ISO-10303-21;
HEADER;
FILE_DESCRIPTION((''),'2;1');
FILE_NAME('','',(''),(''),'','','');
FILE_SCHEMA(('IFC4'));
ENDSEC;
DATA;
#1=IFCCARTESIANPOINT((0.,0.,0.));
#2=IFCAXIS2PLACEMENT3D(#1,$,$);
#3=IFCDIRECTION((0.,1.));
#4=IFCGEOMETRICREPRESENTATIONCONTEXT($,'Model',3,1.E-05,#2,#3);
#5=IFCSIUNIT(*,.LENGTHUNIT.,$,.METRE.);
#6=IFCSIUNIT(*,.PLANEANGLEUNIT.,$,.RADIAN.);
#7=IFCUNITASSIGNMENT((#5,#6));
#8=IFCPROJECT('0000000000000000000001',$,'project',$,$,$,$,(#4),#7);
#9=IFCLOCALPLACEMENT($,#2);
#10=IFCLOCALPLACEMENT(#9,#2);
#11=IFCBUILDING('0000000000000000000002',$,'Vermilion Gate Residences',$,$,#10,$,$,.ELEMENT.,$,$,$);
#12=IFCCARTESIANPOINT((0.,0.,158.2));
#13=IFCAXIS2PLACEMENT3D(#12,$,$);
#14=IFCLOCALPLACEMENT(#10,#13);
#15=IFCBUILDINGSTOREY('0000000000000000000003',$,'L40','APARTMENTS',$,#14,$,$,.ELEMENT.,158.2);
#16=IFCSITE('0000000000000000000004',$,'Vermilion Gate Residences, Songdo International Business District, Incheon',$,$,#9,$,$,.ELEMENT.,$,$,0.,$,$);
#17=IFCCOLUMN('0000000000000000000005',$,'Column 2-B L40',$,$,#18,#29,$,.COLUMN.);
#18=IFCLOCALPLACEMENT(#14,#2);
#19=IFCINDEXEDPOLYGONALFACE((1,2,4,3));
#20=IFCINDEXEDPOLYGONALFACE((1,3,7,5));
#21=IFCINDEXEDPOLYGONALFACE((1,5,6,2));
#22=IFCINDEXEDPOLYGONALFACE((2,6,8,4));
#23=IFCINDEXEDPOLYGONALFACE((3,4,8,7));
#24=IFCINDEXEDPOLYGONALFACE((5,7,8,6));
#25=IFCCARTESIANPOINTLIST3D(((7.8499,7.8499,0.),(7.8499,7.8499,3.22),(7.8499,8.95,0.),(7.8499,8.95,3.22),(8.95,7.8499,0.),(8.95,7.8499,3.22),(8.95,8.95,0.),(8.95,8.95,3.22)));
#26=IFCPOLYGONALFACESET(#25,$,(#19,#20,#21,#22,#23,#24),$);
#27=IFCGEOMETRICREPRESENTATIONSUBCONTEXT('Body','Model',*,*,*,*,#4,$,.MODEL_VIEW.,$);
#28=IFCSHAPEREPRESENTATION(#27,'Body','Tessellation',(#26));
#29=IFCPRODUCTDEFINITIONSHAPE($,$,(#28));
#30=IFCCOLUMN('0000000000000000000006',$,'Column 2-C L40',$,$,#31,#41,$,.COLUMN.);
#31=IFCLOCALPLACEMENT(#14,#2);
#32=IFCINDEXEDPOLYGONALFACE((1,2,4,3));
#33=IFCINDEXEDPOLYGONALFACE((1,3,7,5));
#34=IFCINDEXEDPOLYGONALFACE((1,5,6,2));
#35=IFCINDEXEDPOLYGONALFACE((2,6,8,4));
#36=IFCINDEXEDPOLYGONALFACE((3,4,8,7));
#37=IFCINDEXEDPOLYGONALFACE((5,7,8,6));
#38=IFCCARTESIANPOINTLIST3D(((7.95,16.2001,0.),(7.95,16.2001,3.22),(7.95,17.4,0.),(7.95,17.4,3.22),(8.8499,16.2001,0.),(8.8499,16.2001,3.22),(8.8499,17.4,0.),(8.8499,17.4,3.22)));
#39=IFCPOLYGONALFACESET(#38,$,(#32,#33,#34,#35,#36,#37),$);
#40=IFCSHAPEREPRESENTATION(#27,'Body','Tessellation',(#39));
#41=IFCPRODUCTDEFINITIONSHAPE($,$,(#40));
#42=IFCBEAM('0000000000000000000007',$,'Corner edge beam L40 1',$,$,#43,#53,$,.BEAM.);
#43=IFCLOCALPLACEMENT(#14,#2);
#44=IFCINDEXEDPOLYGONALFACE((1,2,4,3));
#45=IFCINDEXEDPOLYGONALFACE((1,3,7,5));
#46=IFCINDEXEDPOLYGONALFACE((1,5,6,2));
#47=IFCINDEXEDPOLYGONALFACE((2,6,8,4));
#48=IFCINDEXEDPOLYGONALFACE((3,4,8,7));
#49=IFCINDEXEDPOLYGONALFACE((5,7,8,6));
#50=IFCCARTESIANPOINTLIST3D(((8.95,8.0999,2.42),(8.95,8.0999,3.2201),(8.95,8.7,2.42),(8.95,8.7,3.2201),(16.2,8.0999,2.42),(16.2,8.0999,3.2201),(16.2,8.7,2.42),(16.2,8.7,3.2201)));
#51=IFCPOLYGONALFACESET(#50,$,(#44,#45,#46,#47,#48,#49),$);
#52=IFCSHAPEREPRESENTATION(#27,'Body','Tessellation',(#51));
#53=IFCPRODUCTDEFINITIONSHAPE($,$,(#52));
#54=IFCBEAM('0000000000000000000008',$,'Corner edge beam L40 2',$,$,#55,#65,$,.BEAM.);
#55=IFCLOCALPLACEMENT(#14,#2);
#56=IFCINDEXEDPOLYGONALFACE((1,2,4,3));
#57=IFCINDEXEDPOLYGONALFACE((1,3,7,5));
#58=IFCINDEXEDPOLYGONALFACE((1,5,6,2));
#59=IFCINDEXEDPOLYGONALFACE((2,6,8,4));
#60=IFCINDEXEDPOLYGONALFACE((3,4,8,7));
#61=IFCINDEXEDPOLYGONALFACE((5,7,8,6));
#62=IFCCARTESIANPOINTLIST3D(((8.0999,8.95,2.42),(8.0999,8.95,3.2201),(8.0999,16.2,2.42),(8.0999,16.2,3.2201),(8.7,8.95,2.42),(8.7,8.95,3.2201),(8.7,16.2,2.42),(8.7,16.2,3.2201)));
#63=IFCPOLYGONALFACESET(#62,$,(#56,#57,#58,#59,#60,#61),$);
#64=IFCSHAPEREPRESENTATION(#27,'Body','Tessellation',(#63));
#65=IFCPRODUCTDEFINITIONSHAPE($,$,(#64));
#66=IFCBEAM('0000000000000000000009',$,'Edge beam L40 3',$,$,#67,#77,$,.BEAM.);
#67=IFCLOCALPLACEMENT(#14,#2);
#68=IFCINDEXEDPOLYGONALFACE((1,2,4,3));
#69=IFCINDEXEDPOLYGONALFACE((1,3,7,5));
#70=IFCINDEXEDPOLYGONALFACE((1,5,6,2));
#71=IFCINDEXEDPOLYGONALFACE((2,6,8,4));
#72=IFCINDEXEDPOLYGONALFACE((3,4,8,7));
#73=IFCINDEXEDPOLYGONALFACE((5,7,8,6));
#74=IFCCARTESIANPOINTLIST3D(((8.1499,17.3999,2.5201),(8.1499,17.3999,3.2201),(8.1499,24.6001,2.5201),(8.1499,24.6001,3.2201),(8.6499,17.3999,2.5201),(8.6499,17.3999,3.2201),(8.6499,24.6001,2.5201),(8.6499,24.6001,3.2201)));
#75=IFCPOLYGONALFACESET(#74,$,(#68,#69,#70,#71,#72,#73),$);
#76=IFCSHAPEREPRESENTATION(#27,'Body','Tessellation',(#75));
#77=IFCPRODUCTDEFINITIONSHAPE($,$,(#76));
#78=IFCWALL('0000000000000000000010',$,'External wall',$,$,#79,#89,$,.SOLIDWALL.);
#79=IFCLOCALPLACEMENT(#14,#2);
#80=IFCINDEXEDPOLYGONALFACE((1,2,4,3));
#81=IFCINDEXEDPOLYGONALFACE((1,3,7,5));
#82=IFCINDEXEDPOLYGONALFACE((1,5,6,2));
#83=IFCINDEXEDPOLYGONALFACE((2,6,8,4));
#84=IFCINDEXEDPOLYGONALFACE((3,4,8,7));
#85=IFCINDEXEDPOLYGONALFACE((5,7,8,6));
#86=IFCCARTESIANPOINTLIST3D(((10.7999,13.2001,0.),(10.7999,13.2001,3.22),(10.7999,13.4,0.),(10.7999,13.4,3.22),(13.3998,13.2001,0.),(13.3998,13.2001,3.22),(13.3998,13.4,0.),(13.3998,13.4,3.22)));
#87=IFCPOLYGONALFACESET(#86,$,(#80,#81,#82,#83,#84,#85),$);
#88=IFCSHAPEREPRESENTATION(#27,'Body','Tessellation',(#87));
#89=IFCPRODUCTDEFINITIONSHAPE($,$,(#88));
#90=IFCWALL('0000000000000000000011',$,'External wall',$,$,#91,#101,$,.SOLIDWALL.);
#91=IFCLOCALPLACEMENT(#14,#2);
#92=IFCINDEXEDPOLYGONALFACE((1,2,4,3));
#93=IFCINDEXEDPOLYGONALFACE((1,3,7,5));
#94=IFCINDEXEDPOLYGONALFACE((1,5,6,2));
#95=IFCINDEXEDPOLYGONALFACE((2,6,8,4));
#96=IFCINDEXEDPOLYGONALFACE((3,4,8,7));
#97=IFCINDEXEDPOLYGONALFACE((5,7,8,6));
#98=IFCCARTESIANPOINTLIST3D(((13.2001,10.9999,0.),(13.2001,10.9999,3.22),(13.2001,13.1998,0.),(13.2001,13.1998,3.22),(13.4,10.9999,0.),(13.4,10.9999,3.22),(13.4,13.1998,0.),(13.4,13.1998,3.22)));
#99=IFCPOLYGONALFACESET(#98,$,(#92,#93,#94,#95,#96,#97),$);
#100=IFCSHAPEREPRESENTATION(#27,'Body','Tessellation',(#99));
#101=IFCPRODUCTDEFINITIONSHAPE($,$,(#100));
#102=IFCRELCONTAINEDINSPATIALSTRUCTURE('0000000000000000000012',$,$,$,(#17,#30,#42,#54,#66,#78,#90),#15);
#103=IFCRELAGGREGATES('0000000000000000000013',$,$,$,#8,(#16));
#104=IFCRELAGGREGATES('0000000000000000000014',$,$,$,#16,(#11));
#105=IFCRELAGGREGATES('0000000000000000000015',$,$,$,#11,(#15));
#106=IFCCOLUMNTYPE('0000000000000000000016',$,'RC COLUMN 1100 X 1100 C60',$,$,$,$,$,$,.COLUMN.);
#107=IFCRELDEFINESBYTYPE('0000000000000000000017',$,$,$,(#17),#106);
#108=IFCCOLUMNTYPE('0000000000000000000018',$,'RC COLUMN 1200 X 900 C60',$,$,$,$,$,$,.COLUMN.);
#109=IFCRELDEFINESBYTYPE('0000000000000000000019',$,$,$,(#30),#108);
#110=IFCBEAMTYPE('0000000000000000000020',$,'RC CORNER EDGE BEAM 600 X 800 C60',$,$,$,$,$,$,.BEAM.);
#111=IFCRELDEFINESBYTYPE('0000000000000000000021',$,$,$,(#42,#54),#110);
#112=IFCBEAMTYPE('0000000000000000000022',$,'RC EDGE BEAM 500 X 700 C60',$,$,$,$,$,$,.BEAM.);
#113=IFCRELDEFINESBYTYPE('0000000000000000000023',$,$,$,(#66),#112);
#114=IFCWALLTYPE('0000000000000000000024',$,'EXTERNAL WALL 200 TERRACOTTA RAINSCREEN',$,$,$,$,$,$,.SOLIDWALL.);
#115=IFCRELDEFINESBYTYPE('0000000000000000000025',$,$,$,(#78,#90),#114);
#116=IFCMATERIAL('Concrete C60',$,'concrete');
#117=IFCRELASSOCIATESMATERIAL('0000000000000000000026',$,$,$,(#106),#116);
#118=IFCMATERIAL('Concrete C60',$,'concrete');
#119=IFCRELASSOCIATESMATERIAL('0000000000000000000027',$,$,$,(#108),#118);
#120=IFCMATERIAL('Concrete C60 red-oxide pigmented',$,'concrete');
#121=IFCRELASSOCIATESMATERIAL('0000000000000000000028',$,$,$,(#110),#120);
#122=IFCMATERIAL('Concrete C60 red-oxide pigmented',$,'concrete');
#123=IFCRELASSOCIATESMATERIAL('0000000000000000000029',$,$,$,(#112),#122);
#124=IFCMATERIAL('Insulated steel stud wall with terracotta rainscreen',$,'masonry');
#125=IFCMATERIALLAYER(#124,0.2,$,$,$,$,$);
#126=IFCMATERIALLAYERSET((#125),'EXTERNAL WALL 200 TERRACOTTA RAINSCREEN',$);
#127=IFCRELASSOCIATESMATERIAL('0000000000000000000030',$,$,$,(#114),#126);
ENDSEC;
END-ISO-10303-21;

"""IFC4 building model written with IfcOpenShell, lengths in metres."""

from ifc_helpers import new_model, si_unit, direction, frame, frame_2d, origin, origin_2d, place, context, subcontext, project, spatial, rectangle, extrude, material, layer, layer_set, material_profile, profile_set, type_object, element, save


model = new_model("IFC4")

# Units and contexts
model_context = context("Model", 3, precision=1e-05, world=origin(), true_north=direction((0.0, 1.0)))
body_context = subcontext(model_context, "Body", "Model", "MODEL_VIEW")
ifc_project = project(units=[si_unit("LENGTHUNIT", "METRE"), si_unit("PLANEANGLEUNIT", "RADIAN")], contexts=[model_context])

# Site, building, storey
site_placement = place(None, origin())
site = spatial("IfcSite", under=ifc_project, at=site_placement, Name="Vermilion Gate Residences, Songdo International Business District, Incheon", CompositionType="ELEMENT", RefElevation=0.0)
building_placement = place(site_placement, origin())
building = spatial("IfcBuilding", under=site, at=building_placement, Name="Vermilion Gate Residences", CompositionType="ELEMENT")
storey_placement = place(building_placement, frame((0.0, 0.0, 158.2)))
storey = spatial("IfcBuildingStorey", under=building, at=storey_placement, Name="L40", Description="APARTMENTS", CompositionType="ELEMENT", Elevation=158.2)

# Columns
ifc_material_1 = material(Name="Concrete C60", Category="concrete")
ifc_material_profile_1 = material_profile(ifc_material_1, rectangle(XDim=1.1001, YDim=1.1001, at=origin_2d()), Name="RC-1100x1100")
ifc_profile_set_1 = profile_set([ifc_material_profile_1], Name="Concrete C60")
column_type_1 = type_object("IfcColumnType", Name="RC COLUMN 1100 X 1100 C60", PredefinedType="COLUMN", material=ifc_profile_set_1)
column_1_placement = place(storey_placement, frame((8.3999, 8.3999, 0.0), z_axis=(0.0, 0.0, 1.0), x_axis=(1.0, 0.0, 0.0)))
element("IfcColumn", 1, at=column_1_placement, inside=storey, type_object=column_type_1, Name="Column 2-B L40", PredefinedType="COLUMN", context=body_context, shape_type="SweptSolid", body=[
    extrude(rectangle(XDim=1.1001, YDim=1.1001, at=origin_2d()), origin(), (0.0, 0.0, 1.0), 3.22),
])
ifc_material_2 = material(Name="Concrete C60", Category="concrete")
ifc_material_profile_2 = material_profile(ifc_material_2, rectangle(XDim=1.2, YDim=0.8999, at=origin_2d()), Name="RC-1200x900")
ifc_profile_set_2 = profile_set([ifc_material_profile_2], Name="Concrete C60")
column_type_2 = type_object("IfcColumnType", Name="RC COLUMN 1200 X 900 C60", PredefinedType="COLUMN", material=ifc_profile_set_2)
column_2_placement = place(storey_placement, frame((8.3999, 16.8, 0.0), z_axis=(0.0, 0.0, 1.0), x_axis=(0.0, 1.0, 0.0)))
element("IfcColumn", 2, at=column_2_placement, inside=storey, type_object=column_type_2, Name="Column 2-C L40", PredefinedType="COLUMN", context=body_context, shape_type="SweptSolid", body=[
    extrude(rectangle(XDim=1.2, YDim=0.8999, at=origin_2d()), origin(), (0.0, 0.0, 1.0), 3.22),
])

# Beams
ifc_material_3 = material(Name="Concrete C60 red-oxide pigmented", Category="concrete")
ifc_material_profile_3 = material_profile(ifc_material_3, rectangle(XDim=0.6001, YDim=0.8, at=origin_2d()), Name="RC-600x800")
ifc_profile_set_3 = profile_set([ifc_material_profile_3], Name="Concrete C60 red-oxide pigmented")
beam_type_1 = type_object("IfcBeamType", Name="RC CORNER EDGE BEAM 600 X 800 C60", PredefinedType="BEAM", material=ifc_profile_set_3)
for number, where, z_axis, x_axis, name in (
    (3, (8.95, 8.3999, 2.8201), (1.0, 0.0, 0.0), (0.0, 1.0, 0.0), "Corner edge beam L40 1"),
    (4, (8.3999, 8.95, 2.8201), (0.0, 1.0, 0.0), (-1.0, 0.0, 0.0), "Corner edge beam L40 2"),
):
    element("IfcBeam", number, at=place(storey_placement, frame(where, z_axis=z_axis, x_axis=x_axis)), inside=storey, type_object=beam_type_1, Name=name, PredefinedType="BEAM", context=body_context, shape_type="SweptSolid", body=[
        extrude(rectangle(XDim=0.6001, YDim=0.8, at=origin_2d()), origin(), (0.0, 0.0, 1.0), 7.25),
    ])
ifc_material_4 = material(Name="Concrete C60 red-oxide pigmented", Category="concrete")
ifc_material_profile_4 = material_profile(ifc_material_4, rectangle(XDim=0.5, YDim=0.7, at=origin_2d()), Name="RC-500x700")
ifc_profile_set_4 = profile_set([ifc_material_profile_4], Name="Concrete C60 red-oxide pigmented")
beam_type_2 = type_object("IfcBeamType", Name="RC EDGE BEAM 500 X 700 C60", PredefinedType="BEAM", material=ifc_profile_set_4)
beam_placement = place(storey_placement, frame((8.3999, 17.3999, 2.8701), z_axis=(0.0, 1.0, 0.0), x_axis=(-1.0, 0.0, 0.0)))
element("IfcBeam", 5, at=beam_placement, inside=storey, type_object=beam_type_2, Name="Edge beam L40 3", PredefinedType="BEAM", context=body_context, shape_type="SweptSolid", body=[
    extrude(rectangle(XDim=0.5, YDim=0.7, at=origin_2d()), origin(), (0.0, 0.0, 1.0), 7.2002),
])

# Walls
ifc_material_5 = material(Name="Insulated steel stud wall with terracotta rainscreen", Category="masonry")
ifc_layer_1 = layer(ifc_material_5, 0.2)
ifc_layer_set_1 = layer_set([ifc_layer_1], Name="EXTERNAL WALL 200 TERRACOTTA RAINSCREEN")
wall_type_1 = type_object("IfcWallType", Name="EXTERNAL WALL 200 TERRACOTTA RAINSCREEN", PredefinedType="SOLIDWALL", material=ifc_layer_set_1)
wall_1_placement = place(storey_placement, frame((10.8, 13.3, 0.0), z_axis=(0.0, 0.0, 1.0), x_axis=(1.0, 0.0, 0.0)))
element("IfcWall", 6, at=wall_1_placement, inside=storey, type_object=wall_type_1, Name="External wall", PredefinedType="SOLIDWALL", context=body_context, shape_type="SweptSolid", body=[
    extrude(rectangle(XDim=2.5999, YDim=0.2, at=frame_2d((1.2998, 0.0))), origin(), (0.0, 0.0, 1.0), 3.22),
])
wall_2_placement = place(storey_placement, frame((13.3, 13.2, 0.0), z_axis=(0.0, 0.0, 1.0), x_axis=(0.0, -1.0, 0.0)))
element("IfcWall", 7, at=wall_2_placement, inside=storey, type_object=wall_type_1, Name="External wall", PredefinedType="SOLIDWALL", context=body_context, shape_type="SweptSolid", body=[
    extrude(rectangle(XDim=2.2, YDim=0.2, at=frame_2d((1.1001, 0.0))), origin(), (0.0, 0.0, 1.0), 3.22),
])

save(model, "model.ifc")
